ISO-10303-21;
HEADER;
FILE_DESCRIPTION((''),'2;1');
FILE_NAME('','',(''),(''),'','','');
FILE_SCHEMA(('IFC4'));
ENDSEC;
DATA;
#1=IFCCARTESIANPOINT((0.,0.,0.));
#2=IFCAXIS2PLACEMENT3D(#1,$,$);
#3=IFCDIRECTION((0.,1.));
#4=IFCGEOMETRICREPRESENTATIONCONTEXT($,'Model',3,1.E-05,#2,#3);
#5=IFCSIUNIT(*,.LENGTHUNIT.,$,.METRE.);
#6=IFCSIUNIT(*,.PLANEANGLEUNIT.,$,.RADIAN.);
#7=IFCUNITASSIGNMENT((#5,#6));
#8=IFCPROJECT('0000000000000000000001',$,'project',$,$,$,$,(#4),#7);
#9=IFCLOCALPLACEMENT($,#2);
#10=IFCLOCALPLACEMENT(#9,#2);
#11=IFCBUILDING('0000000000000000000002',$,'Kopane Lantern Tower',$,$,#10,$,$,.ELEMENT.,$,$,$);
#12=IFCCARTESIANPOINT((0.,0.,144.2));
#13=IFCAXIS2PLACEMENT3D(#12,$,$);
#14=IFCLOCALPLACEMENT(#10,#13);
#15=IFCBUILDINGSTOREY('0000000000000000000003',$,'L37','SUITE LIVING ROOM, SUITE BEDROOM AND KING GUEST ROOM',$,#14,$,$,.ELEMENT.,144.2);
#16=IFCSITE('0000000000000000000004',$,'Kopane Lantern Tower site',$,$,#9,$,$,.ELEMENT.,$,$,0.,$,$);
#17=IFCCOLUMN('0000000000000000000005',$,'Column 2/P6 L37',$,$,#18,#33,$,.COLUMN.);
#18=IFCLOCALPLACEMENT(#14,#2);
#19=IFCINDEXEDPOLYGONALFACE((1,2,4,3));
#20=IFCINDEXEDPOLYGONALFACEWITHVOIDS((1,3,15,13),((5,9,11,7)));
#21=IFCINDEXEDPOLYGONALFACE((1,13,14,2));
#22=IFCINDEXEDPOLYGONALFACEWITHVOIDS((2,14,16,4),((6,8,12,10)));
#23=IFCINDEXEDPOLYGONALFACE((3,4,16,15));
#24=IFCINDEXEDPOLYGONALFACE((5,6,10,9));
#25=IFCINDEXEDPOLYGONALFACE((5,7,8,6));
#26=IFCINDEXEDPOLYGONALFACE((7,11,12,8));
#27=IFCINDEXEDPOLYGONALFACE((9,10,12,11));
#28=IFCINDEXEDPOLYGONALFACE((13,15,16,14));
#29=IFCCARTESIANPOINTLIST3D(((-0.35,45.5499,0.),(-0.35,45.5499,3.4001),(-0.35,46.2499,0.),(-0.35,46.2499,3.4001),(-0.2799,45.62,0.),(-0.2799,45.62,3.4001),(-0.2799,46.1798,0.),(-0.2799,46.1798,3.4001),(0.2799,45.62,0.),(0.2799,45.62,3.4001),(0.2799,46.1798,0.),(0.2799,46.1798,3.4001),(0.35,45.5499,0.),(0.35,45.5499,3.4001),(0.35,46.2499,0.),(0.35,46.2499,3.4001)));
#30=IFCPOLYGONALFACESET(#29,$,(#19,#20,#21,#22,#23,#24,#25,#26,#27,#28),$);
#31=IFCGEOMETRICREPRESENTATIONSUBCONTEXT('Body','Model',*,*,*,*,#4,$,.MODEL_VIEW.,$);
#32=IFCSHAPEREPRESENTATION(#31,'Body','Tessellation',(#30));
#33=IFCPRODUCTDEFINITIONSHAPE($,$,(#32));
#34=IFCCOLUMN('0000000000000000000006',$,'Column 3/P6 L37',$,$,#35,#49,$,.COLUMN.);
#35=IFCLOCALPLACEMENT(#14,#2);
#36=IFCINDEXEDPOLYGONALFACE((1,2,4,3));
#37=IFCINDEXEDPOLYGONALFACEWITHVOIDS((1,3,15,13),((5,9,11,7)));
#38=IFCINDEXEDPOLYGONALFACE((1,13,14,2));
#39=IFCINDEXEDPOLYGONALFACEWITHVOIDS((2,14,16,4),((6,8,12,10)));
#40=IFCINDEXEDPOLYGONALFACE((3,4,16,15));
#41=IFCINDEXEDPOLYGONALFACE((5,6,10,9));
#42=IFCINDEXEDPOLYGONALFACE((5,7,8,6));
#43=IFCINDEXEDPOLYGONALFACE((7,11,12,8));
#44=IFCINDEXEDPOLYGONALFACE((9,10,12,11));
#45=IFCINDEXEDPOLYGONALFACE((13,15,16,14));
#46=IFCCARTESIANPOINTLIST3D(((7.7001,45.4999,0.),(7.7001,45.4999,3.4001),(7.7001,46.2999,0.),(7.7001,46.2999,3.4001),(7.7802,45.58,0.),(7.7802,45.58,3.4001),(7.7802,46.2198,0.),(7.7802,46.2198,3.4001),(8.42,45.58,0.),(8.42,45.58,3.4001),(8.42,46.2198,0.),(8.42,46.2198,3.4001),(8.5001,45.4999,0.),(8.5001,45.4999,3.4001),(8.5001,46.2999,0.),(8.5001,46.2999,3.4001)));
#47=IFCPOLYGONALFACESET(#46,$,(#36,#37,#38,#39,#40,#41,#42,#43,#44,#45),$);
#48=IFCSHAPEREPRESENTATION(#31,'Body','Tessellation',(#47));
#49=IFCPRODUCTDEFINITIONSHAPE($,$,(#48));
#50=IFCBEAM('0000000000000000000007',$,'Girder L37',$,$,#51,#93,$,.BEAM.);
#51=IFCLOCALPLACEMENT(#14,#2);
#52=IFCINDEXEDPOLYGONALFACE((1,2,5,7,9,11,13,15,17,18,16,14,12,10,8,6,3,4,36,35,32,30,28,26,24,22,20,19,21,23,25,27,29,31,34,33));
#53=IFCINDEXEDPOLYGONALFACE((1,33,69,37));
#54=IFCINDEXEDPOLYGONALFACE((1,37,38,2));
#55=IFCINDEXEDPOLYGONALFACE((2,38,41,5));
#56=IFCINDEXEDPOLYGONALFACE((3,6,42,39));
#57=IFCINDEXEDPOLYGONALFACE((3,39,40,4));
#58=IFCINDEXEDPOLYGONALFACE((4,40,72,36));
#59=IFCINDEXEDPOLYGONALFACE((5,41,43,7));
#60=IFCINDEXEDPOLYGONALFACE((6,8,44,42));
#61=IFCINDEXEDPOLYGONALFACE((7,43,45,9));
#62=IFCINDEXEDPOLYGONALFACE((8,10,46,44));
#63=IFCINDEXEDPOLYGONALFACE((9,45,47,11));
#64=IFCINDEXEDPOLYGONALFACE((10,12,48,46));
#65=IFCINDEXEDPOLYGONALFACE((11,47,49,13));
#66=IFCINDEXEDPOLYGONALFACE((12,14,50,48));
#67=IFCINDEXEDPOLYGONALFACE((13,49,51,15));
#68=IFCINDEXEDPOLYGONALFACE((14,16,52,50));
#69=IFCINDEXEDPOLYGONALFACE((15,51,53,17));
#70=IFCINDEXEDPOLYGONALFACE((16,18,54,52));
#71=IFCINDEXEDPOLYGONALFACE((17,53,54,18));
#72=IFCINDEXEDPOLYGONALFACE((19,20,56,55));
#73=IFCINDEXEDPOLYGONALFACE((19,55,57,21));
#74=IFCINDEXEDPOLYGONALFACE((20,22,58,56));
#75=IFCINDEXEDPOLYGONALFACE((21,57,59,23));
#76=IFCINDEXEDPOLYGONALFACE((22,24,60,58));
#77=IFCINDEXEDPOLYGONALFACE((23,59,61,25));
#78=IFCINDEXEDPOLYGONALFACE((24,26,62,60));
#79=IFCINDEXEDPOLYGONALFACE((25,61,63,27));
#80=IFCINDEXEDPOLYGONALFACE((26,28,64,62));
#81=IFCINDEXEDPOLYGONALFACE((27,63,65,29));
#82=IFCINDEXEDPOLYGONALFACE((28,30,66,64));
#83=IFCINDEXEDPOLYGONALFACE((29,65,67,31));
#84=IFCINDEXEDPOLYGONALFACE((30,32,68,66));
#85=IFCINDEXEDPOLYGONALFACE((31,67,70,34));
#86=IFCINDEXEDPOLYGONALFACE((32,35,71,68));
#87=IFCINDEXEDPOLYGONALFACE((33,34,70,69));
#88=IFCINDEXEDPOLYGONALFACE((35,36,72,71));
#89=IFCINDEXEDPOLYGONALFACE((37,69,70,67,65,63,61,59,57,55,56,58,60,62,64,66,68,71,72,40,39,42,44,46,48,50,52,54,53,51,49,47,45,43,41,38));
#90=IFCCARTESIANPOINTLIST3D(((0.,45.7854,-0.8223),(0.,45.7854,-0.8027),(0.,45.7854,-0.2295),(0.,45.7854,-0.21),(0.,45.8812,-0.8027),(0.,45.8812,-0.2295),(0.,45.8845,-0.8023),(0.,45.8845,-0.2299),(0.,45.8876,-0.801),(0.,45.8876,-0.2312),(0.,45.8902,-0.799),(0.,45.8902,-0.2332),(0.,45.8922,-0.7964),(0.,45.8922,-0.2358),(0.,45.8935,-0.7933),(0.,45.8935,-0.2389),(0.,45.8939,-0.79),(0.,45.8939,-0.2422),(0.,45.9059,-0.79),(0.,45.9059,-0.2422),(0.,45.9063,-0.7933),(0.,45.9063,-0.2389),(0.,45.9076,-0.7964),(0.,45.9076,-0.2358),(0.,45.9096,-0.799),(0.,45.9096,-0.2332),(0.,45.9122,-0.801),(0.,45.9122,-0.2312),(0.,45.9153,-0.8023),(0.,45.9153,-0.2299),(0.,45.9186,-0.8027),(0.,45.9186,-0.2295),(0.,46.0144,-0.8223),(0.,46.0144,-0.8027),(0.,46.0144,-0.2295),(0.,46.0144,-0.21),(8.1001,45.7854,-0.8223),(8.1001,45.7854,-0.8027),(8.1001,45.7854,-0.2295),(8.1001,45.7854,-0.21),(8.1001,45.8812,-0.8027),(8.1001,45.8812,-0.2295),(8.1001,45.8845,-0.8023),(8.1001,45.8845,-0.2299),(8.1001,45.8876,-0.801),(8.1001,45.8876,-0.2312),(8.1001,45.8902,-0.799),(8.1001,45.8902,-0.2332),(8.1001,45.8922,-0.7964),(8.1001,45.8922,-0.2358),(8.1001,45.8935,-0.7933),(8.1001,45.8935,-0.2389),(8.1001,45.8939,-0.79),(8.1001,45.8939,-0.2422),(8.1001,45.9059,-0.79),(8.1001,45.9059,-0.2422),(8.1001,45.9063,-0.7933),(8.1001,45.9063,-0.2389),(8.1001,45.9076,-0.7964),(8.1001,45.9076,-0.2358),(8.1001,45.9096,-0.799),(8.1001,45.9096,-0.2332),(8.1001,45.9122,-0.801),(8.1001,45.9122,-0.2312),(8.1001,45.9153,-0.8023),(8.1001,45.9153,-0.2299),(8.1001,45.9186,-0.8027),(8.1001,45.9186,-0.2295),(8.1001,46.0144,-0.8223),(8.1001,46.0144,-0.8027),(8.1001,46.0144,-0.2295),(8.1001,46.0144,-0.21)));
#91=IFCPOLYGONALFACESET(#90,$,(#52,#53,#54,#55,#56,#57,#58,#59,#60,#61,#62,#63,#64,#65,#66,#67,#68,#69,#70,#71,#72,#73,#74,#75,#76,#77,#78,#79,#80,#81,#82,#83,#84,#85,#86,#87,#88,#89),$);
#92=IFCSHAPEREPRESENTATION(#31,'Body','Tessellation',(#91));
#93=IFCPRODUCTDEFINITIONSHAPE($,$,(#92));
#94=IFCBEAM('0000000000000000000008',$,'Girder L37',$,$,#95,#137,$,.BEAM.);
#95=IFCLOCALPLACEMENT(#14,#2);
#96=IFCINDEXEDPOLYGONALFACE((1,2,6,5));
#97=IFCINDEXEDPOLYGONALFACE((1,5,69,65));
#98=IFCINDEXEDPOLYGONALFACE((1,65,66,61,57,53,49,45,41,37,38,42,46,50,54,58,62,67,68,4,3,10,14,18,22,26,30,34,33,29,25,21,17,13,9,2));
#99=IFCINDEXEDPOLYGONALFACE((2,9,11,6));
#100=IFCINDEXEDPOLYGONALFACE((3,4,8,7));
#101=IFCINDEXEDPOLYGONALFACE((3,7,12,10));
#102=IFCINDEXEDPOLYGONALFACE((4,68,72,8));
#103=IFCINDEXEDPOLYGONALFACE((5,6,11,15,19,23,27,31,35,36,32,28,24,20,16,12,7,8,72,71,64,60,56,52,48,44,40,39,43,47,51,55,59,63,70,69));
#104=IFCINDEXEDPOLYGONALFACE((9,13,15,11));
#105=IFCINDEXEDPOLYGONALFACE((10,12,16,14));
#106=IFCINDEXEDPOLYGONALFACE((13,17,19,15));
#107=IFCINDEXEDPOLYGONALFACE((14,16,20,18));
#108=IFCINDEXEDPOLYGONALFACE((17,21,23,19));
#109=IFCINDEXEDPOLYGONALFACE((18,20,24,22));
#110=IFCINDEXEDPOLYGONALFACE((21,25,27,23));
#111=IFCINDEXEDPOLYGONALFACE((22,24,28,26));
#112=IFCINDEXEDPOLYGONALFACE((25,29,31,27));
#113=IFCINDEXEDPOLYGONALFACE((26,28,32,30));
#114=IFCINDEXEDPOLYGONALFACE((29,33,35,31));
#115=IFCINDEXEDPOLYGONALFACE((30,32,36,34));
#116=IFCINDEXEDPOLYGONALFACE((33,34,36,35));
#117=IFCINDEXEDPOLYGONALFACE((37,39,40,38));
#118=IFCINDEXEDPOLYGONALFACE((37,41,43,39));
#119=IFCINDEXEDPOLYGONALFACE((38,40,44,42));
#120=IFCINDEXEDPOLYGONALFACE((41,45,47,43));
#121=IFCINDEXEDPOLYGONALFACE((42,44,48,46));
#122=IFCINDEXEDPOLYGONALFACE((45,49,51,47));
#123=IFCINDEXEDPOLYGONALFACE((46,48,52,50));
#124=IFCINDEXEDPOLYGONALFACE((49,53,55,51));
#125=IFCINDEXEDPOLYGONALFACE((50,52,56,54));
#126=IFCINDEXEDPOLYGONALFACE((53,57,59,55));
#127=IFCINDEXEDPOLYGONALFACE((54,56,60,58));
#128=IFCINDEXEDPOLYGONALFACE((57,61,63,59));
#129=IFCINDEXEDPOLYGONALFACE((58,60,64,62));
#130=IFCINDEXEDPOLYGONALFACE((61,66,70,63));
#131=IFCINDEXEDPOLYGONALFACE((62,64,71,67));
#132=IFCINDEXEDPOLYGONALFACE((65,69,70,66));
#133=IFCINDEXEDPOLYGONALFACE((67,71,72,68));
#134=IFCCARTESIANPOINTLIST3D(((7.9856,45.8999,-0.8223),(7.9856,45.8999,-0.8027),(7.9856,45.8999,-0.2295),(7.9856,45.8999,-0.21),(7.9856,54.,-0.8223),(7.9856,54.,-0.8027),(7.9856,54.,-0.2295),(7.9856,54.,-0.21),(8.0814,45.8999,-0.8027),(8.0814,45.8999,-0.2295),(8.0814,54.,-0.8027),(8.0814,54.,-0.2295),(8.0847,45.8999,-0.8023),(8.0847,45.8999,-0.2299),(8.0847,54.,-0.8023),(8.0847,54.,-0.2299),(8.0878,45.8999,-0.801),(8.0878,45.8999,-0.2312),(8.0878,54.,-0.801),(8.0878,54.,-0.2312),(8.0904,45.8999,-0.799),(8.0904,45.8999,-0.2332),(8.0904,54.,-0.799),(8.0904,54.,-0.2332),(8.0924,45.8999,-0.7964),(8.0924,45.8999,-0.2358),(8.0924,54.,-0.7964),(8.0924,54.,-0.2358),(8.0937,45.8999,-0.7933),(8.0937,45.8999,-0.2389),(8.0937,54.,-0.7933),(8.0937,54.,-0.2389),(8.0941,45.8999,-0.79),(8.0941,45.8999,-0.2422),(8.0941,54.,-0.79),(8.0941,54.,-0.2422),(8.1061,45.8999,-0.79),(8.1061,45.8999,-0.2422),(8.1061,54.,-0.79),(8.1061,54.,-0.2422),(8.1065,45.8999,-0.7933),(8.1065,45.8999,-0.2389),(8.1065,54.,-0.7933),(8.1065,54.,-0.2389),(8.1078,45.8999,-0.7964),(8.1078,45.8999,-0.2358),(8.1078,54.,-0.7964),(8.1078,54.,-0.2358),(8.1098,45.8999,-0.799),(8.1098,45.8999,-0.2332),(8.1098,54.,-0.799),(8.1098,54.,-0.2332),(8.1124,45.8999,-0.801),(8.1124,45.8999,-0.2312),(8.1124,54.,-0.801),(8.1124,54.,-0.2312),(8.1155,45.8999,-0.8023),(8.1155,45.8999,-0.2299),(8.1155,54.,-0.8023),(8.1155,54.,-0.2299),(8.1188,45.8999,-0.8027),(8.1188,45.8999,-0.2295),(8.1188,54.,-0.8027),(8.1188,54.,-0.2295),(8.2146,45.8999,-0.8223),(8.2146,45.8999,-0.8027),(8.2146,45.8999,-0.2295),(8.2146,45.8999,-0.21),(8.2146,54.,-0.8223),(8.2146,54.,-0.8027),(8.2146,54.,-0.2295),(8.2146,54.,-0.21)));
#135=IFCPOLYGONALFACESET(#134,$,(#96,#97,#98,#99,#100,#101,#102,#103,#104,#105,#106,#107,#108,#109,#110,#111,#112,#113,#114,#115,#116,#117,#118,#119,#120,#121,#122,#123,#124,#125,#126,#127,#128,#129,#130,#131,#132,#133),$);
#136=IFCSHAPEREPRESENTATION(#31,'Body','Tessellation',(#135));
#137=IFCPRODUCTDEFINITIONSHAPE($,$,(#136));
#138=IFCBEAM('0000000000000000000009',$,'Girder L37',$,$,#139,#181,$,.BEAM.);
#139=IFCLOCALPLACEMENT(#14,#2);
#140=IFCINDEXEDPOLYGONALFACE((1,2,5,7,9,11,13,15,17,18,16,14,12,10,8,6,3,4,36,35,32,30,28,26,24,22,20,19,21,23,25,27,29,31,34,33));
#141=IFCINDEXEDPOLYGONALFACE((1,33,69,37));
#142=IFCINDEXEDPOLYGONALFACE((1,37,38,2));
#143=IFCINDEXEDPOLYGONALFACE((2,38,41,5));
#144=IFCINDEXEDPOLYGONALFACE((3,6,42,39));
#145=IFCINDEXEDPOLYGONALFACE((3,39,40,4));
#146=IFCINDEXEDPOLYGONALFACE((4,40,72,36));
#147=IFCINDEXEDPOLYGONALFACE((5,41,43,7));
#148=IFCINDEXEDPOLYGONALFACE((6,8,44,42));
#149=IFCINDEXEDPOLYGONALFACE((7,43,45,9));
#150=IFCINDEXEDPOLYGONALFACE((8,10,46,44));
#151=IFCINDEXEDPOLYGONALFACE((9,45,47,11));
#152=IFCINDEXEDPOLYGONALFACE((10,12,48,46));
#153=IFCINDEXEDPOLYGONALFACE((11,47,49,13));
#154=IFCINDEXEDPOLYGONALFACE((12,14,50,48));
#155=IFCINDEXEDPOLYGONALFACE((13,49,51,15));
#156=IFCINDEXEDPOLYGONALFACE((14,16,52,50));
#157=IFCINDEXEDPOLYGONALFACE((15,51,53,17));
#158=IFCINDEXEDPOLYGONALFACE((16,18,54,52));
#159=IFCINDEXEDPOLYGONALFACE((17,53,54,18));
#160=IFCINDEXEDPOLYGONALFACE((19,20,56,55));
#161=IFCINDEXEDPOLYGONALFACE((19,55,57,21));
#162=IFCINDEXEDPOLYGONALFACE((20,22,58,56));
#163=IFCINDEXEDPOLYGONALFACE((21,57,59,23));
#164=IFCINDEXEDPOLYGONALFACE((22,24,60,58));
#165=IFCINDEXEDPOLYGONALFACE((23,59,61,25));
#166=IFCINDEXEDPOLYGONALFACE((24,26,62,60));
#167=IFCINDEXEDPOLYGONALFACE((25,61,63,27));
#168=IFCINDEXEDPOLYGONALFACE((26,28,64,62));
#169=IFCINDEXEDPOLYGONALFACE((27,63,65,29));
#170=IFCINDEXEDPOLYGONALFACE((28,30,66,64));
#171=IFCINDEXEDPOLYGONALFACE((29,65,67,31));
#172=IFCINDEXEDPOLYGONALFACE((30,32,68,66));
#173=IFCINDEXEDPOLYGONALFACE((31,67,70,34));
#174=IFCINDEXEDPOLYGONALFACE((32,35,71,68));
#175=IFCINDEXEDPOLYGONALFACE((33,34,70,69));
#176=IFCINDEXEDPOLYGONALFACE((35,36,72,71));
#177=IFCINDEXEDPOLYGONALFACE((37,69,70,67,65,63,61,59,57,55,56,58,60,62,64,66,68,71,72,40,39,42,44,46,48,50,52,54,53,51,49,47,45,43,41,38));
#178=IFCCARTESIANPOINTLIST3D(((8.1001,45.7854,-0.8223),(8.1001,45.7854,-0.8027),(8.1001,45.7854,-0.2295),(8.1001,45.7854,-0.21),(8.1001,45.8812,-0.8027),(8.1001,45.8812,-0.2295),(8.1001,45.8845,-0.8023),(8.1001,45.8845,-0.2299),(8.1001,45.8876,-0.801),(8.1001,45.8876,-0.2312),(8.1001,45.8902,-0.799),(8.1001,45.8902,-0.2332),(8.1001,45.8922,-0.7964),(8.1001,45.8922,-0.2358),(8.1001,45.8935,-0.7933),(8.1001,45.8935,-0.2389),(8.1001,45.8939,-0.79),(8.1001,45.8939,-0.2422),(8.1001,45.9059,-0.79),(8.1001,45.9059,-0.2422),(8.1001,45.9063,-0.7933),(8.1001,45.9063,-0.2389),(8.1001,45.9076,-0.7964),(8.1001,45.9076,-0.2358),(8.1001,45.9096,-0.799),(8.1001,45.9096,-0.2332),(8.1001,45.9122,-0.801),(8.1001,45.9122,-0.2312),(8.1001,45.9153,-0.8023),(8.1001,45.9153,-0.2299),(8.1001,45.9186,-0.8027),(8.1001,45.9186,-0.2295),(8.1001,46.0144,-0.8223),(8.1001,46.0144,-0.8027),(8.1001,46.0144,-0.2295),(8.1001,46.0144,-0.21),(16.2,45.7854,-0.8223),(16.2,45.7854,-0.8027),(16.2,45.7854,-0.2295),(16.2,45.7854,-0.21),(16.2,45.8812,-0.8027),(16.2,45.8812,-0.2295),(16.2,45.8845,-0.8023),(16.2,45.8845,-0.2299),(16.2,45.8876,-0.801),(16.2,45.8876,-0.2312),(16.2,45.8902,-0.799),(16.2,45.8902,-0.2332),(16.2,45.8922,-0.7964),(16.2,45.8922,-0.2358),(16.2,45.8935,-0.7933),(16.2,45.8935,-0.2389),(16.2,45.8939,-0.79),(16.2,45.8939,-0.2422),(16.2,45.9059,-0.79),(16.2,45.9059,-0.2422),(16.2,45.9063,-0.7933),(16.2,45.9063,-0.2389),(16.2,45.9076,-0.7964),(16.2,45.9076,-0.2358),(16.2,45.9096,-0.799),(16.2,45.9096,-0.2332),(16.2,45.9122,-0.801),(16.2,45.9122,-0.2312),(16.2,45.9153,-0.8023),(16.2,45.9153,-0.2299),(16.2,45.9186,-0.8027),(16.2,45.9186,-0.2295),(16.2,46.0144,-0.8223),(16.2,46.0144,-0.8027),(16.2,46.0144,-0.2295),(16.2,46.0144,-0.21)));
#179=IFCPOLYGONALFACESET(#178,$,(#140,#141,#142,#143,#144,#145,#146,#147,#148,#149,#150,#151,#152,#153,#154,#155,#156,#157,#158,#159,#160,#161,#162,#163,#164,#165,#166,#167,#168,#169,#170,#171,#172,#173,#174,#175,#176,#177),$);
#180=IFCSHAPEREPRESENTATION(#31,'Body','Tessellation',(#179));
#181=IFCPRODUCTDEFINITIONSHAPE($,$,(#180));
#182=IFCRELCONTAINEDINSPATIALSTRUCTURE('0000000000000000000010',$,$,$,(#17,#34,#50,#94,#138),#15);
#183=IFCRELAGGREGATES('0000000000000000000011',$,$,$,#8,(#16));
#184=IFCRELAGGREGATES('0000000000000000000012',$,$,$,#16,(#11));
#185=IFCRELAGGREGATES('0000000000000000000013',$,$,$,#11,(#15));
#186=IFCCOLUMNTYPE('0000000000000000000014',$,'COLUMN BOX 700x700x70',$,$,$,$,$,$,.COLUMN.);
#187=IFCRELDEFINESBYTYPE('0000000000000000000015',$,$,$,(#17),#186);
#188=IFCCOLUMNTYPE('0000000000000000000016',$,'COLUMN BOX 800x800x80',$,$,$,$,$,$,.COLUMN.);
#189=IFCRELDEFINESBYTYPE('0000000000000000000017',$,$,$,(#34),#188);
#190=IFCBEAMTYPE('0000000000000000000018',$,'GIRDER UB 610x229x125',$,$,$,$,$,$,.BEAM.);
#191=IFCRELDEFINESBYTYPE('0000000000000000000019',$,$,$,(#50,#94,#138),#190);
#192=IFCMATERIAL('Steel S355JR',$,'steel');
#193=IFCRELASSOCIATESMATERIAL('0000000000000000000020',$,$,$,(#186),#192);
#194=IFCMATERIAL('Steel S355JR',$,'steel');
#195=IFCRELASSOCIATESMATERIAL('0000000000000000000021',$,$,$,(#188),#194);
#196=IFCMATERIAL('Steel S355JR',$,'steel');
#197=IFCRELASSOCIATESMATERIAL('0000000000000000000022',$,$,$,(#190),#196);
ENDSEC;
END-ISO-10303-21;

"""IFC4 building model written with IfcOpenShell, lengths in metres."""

from ifc_helpers import new_model, si_unit, direction, frame, origin, origin_2d, place, context, subcontext, project, spatial, hollow_rectangle, i_section, extrude, material, material_profile, profile_set, type_object, element, save


model = new_model("IFC4")

# Units and contexts
model_context = context("Model", 3, precision=1e-05, world=origin(), true_north=direction((0.0, 1.0)))
body_context = subcontext(model_context, "Body", "Model", "MODEL_VIEW")
ifc_project = project(units=[si_unit("LENGTHUNIT", "METRE"), si_unit("PLANEANGLEUNIT", "RADIAN")], contexts=[model_context])

# Site, building, storey
site_placement = place(None, origin())
site = spatial("IfcSite", under=ifc_project, at=site_placement, Name="Kopane Lantern Tower site", CompositionType="ELEMENT", RefElevation=0.0)
building_placement = place(site_placement, origin())
building = spatial("IfcBuilding", under=site, at=building_placement, Name="Kopane Lantern Tower", CompositionType="ELEMENT")
storey_placement = place(building_placement, frame((0.0, 0.0, 144.2)))
storey = spatial("IfcBuildingStorey", under=building, at=storey_placement, Name="L37", Description="SUITE LIVING ROOM, SUITE BEDROOM AND KING GUEST ROOM", CompositionType="ELEMENT", Elevation=144.2)

# Columns
ifc_material_1 = material(Name="Steel S355JR", Category="steel")
ifc_material_profile_1 = material_profile(ifc_material_1, hollow_rectangle(XDim=0.7, YDim=0.7, WallThickness=0.0701, at=origin_2d()), Name="BOX 700x700x70")
ifc_profile_set_1 = profile_set([ifc_material_profile_1], Name="Steel S355JR")
column_type_1 = type_object("IfcColumnType", Name="COLUMN BOX 700x700x70", PredefinedType="COLUMN", material=ifc_profile_set_1)
column_1_placement = place(storey_placement, frame((0.0, 45.8999, 0.0), z_axis=(0.0, 0.0, 1.0), x_axis=(1.0, 0.0, 0.0)))
element("IfcColumn", 1, at=column_1_placement, inside=storey, type_object=column_type_1, Name="Column 2/P6 L37", PredefinedType="COLUMN", context=body_context, shape_type="SweptSolid", body=[
    extrude(hollow_rectangle(XDim=0.7, YDim=0.7, WallThickness=0.0701, at=origin_2d()), origin(), (0.0, 0.0, 1.0), 3.4001),
])
ifc_material_2 = material(Name="Steel S355JR", Category="steel")
ifc_material_profile_2 = material_profile(ifc_material_2, hollow_rectangle(XDim=0.8, YDim=0.8, WallThickness=0.0801, at=origin_2d()), Name="BOX 800x800x80")
ifc_profile_set_2 = profile_set([ifc_material_profile_2], Name="Steel S355JR")
column_type_2 = type_object("IfcColumnType", Name="COLUMN BOX 800x800x80", PredefinedType="COLUMN", material=ifc_profile_set_2)
column_2_placement = place(storey_placement, frame((8.1001, 45.8999, 0.0), z_axis=(0.0, 0.0, 1.0), x_axis=(1.0, 0.0, 0.0)))
element("IfcColumn", 2, at=column_2_placement, inside=storey, type_object=column_type_2, Name="Column 3/P6 L37", PredefinedType="COLUMN", context=body_context, shape_type="SweptSolid", body=[
    extrude(hollow_rectangle(XDim=0.8, YDim=0.8, WallThickness=0.0801, at=origin_2d()), origin(), (0.0, 0.0, 1.0), 3.4001),
])

# Beams
ifc_material_3 = material(Name="Steel S355JR", Category="steel")
ifc_material_profile_3 = material_profile(ifc_material_3, i_section(OverallWidth=0.229, OverallDepth=0.6123, WebThickness=0.012, FlangeThickness=0.0195, FilletRadius=0.0127, at=origin_2d()), Name="UB 610x229x125")
ifc_profile_set_3 = profile_set([ifc_material_profile_3], Name="Steel S355JR")
beam_type = type_object("IfcBeamType", Name="GIRDER UB 610x229x125", PredefinedType="BEAM", material=ifc_profile_set_3)
for number, where, z_axis, x_axis, name in (
    (3, (0.0, 45.8999, -0.5161), (1.0, 0.0, 0.0), (0.0, 1.0, 0.0), "Girder L37"),
    (4, (8.1001, 45.8999, -0.5161), (0.0, 1.0, 0.0), (-1.0, 0.0, 0.0), "Girder L37"),
):
    element("IfcBeam", number, at=place(storey_placement, frame(where, z_axis=z_axis, x_axis=x_axis)), inside=storey, type_object=beam_type, Name=name, PredefinedType="BEAM", context=body_context, shape_type="SweptSolid", body=[
        extrude(i_section(OverallWidth=0.229, OverallDepth=0.6123, WebThickness=0.012, FlangeThickness=0.0195, FilletRadius=0.0127, at=origin_2d()), origin(), (0.0, 0.0, 1.0), 8.1001),
    ])
beam_placement = place(storey_placement, frame((8.1001, 45.8999, -0.5161), z_axis=(1.0, 0.0, 0.0), x_axis=(0.0, 1.0, 0.0)))
element("IfcBeam", 5, at=beam_placement, inside=storey, type_object=beam_type, Name="Girder L37", PredefinedType="BEAM", context=body_context, shape_type="SweptSolid", body=[
    extrude(i_section(OverallWidth=0.229, OverallDepth=0.6123, WebThickness=0.012, FlangeThickness=0.0195, FilletRadius=0.0127, at=origin_2d()), origin(), (0.0, 0.0, 1.0), 8.0999),
])

save(model, "model.ifc")
